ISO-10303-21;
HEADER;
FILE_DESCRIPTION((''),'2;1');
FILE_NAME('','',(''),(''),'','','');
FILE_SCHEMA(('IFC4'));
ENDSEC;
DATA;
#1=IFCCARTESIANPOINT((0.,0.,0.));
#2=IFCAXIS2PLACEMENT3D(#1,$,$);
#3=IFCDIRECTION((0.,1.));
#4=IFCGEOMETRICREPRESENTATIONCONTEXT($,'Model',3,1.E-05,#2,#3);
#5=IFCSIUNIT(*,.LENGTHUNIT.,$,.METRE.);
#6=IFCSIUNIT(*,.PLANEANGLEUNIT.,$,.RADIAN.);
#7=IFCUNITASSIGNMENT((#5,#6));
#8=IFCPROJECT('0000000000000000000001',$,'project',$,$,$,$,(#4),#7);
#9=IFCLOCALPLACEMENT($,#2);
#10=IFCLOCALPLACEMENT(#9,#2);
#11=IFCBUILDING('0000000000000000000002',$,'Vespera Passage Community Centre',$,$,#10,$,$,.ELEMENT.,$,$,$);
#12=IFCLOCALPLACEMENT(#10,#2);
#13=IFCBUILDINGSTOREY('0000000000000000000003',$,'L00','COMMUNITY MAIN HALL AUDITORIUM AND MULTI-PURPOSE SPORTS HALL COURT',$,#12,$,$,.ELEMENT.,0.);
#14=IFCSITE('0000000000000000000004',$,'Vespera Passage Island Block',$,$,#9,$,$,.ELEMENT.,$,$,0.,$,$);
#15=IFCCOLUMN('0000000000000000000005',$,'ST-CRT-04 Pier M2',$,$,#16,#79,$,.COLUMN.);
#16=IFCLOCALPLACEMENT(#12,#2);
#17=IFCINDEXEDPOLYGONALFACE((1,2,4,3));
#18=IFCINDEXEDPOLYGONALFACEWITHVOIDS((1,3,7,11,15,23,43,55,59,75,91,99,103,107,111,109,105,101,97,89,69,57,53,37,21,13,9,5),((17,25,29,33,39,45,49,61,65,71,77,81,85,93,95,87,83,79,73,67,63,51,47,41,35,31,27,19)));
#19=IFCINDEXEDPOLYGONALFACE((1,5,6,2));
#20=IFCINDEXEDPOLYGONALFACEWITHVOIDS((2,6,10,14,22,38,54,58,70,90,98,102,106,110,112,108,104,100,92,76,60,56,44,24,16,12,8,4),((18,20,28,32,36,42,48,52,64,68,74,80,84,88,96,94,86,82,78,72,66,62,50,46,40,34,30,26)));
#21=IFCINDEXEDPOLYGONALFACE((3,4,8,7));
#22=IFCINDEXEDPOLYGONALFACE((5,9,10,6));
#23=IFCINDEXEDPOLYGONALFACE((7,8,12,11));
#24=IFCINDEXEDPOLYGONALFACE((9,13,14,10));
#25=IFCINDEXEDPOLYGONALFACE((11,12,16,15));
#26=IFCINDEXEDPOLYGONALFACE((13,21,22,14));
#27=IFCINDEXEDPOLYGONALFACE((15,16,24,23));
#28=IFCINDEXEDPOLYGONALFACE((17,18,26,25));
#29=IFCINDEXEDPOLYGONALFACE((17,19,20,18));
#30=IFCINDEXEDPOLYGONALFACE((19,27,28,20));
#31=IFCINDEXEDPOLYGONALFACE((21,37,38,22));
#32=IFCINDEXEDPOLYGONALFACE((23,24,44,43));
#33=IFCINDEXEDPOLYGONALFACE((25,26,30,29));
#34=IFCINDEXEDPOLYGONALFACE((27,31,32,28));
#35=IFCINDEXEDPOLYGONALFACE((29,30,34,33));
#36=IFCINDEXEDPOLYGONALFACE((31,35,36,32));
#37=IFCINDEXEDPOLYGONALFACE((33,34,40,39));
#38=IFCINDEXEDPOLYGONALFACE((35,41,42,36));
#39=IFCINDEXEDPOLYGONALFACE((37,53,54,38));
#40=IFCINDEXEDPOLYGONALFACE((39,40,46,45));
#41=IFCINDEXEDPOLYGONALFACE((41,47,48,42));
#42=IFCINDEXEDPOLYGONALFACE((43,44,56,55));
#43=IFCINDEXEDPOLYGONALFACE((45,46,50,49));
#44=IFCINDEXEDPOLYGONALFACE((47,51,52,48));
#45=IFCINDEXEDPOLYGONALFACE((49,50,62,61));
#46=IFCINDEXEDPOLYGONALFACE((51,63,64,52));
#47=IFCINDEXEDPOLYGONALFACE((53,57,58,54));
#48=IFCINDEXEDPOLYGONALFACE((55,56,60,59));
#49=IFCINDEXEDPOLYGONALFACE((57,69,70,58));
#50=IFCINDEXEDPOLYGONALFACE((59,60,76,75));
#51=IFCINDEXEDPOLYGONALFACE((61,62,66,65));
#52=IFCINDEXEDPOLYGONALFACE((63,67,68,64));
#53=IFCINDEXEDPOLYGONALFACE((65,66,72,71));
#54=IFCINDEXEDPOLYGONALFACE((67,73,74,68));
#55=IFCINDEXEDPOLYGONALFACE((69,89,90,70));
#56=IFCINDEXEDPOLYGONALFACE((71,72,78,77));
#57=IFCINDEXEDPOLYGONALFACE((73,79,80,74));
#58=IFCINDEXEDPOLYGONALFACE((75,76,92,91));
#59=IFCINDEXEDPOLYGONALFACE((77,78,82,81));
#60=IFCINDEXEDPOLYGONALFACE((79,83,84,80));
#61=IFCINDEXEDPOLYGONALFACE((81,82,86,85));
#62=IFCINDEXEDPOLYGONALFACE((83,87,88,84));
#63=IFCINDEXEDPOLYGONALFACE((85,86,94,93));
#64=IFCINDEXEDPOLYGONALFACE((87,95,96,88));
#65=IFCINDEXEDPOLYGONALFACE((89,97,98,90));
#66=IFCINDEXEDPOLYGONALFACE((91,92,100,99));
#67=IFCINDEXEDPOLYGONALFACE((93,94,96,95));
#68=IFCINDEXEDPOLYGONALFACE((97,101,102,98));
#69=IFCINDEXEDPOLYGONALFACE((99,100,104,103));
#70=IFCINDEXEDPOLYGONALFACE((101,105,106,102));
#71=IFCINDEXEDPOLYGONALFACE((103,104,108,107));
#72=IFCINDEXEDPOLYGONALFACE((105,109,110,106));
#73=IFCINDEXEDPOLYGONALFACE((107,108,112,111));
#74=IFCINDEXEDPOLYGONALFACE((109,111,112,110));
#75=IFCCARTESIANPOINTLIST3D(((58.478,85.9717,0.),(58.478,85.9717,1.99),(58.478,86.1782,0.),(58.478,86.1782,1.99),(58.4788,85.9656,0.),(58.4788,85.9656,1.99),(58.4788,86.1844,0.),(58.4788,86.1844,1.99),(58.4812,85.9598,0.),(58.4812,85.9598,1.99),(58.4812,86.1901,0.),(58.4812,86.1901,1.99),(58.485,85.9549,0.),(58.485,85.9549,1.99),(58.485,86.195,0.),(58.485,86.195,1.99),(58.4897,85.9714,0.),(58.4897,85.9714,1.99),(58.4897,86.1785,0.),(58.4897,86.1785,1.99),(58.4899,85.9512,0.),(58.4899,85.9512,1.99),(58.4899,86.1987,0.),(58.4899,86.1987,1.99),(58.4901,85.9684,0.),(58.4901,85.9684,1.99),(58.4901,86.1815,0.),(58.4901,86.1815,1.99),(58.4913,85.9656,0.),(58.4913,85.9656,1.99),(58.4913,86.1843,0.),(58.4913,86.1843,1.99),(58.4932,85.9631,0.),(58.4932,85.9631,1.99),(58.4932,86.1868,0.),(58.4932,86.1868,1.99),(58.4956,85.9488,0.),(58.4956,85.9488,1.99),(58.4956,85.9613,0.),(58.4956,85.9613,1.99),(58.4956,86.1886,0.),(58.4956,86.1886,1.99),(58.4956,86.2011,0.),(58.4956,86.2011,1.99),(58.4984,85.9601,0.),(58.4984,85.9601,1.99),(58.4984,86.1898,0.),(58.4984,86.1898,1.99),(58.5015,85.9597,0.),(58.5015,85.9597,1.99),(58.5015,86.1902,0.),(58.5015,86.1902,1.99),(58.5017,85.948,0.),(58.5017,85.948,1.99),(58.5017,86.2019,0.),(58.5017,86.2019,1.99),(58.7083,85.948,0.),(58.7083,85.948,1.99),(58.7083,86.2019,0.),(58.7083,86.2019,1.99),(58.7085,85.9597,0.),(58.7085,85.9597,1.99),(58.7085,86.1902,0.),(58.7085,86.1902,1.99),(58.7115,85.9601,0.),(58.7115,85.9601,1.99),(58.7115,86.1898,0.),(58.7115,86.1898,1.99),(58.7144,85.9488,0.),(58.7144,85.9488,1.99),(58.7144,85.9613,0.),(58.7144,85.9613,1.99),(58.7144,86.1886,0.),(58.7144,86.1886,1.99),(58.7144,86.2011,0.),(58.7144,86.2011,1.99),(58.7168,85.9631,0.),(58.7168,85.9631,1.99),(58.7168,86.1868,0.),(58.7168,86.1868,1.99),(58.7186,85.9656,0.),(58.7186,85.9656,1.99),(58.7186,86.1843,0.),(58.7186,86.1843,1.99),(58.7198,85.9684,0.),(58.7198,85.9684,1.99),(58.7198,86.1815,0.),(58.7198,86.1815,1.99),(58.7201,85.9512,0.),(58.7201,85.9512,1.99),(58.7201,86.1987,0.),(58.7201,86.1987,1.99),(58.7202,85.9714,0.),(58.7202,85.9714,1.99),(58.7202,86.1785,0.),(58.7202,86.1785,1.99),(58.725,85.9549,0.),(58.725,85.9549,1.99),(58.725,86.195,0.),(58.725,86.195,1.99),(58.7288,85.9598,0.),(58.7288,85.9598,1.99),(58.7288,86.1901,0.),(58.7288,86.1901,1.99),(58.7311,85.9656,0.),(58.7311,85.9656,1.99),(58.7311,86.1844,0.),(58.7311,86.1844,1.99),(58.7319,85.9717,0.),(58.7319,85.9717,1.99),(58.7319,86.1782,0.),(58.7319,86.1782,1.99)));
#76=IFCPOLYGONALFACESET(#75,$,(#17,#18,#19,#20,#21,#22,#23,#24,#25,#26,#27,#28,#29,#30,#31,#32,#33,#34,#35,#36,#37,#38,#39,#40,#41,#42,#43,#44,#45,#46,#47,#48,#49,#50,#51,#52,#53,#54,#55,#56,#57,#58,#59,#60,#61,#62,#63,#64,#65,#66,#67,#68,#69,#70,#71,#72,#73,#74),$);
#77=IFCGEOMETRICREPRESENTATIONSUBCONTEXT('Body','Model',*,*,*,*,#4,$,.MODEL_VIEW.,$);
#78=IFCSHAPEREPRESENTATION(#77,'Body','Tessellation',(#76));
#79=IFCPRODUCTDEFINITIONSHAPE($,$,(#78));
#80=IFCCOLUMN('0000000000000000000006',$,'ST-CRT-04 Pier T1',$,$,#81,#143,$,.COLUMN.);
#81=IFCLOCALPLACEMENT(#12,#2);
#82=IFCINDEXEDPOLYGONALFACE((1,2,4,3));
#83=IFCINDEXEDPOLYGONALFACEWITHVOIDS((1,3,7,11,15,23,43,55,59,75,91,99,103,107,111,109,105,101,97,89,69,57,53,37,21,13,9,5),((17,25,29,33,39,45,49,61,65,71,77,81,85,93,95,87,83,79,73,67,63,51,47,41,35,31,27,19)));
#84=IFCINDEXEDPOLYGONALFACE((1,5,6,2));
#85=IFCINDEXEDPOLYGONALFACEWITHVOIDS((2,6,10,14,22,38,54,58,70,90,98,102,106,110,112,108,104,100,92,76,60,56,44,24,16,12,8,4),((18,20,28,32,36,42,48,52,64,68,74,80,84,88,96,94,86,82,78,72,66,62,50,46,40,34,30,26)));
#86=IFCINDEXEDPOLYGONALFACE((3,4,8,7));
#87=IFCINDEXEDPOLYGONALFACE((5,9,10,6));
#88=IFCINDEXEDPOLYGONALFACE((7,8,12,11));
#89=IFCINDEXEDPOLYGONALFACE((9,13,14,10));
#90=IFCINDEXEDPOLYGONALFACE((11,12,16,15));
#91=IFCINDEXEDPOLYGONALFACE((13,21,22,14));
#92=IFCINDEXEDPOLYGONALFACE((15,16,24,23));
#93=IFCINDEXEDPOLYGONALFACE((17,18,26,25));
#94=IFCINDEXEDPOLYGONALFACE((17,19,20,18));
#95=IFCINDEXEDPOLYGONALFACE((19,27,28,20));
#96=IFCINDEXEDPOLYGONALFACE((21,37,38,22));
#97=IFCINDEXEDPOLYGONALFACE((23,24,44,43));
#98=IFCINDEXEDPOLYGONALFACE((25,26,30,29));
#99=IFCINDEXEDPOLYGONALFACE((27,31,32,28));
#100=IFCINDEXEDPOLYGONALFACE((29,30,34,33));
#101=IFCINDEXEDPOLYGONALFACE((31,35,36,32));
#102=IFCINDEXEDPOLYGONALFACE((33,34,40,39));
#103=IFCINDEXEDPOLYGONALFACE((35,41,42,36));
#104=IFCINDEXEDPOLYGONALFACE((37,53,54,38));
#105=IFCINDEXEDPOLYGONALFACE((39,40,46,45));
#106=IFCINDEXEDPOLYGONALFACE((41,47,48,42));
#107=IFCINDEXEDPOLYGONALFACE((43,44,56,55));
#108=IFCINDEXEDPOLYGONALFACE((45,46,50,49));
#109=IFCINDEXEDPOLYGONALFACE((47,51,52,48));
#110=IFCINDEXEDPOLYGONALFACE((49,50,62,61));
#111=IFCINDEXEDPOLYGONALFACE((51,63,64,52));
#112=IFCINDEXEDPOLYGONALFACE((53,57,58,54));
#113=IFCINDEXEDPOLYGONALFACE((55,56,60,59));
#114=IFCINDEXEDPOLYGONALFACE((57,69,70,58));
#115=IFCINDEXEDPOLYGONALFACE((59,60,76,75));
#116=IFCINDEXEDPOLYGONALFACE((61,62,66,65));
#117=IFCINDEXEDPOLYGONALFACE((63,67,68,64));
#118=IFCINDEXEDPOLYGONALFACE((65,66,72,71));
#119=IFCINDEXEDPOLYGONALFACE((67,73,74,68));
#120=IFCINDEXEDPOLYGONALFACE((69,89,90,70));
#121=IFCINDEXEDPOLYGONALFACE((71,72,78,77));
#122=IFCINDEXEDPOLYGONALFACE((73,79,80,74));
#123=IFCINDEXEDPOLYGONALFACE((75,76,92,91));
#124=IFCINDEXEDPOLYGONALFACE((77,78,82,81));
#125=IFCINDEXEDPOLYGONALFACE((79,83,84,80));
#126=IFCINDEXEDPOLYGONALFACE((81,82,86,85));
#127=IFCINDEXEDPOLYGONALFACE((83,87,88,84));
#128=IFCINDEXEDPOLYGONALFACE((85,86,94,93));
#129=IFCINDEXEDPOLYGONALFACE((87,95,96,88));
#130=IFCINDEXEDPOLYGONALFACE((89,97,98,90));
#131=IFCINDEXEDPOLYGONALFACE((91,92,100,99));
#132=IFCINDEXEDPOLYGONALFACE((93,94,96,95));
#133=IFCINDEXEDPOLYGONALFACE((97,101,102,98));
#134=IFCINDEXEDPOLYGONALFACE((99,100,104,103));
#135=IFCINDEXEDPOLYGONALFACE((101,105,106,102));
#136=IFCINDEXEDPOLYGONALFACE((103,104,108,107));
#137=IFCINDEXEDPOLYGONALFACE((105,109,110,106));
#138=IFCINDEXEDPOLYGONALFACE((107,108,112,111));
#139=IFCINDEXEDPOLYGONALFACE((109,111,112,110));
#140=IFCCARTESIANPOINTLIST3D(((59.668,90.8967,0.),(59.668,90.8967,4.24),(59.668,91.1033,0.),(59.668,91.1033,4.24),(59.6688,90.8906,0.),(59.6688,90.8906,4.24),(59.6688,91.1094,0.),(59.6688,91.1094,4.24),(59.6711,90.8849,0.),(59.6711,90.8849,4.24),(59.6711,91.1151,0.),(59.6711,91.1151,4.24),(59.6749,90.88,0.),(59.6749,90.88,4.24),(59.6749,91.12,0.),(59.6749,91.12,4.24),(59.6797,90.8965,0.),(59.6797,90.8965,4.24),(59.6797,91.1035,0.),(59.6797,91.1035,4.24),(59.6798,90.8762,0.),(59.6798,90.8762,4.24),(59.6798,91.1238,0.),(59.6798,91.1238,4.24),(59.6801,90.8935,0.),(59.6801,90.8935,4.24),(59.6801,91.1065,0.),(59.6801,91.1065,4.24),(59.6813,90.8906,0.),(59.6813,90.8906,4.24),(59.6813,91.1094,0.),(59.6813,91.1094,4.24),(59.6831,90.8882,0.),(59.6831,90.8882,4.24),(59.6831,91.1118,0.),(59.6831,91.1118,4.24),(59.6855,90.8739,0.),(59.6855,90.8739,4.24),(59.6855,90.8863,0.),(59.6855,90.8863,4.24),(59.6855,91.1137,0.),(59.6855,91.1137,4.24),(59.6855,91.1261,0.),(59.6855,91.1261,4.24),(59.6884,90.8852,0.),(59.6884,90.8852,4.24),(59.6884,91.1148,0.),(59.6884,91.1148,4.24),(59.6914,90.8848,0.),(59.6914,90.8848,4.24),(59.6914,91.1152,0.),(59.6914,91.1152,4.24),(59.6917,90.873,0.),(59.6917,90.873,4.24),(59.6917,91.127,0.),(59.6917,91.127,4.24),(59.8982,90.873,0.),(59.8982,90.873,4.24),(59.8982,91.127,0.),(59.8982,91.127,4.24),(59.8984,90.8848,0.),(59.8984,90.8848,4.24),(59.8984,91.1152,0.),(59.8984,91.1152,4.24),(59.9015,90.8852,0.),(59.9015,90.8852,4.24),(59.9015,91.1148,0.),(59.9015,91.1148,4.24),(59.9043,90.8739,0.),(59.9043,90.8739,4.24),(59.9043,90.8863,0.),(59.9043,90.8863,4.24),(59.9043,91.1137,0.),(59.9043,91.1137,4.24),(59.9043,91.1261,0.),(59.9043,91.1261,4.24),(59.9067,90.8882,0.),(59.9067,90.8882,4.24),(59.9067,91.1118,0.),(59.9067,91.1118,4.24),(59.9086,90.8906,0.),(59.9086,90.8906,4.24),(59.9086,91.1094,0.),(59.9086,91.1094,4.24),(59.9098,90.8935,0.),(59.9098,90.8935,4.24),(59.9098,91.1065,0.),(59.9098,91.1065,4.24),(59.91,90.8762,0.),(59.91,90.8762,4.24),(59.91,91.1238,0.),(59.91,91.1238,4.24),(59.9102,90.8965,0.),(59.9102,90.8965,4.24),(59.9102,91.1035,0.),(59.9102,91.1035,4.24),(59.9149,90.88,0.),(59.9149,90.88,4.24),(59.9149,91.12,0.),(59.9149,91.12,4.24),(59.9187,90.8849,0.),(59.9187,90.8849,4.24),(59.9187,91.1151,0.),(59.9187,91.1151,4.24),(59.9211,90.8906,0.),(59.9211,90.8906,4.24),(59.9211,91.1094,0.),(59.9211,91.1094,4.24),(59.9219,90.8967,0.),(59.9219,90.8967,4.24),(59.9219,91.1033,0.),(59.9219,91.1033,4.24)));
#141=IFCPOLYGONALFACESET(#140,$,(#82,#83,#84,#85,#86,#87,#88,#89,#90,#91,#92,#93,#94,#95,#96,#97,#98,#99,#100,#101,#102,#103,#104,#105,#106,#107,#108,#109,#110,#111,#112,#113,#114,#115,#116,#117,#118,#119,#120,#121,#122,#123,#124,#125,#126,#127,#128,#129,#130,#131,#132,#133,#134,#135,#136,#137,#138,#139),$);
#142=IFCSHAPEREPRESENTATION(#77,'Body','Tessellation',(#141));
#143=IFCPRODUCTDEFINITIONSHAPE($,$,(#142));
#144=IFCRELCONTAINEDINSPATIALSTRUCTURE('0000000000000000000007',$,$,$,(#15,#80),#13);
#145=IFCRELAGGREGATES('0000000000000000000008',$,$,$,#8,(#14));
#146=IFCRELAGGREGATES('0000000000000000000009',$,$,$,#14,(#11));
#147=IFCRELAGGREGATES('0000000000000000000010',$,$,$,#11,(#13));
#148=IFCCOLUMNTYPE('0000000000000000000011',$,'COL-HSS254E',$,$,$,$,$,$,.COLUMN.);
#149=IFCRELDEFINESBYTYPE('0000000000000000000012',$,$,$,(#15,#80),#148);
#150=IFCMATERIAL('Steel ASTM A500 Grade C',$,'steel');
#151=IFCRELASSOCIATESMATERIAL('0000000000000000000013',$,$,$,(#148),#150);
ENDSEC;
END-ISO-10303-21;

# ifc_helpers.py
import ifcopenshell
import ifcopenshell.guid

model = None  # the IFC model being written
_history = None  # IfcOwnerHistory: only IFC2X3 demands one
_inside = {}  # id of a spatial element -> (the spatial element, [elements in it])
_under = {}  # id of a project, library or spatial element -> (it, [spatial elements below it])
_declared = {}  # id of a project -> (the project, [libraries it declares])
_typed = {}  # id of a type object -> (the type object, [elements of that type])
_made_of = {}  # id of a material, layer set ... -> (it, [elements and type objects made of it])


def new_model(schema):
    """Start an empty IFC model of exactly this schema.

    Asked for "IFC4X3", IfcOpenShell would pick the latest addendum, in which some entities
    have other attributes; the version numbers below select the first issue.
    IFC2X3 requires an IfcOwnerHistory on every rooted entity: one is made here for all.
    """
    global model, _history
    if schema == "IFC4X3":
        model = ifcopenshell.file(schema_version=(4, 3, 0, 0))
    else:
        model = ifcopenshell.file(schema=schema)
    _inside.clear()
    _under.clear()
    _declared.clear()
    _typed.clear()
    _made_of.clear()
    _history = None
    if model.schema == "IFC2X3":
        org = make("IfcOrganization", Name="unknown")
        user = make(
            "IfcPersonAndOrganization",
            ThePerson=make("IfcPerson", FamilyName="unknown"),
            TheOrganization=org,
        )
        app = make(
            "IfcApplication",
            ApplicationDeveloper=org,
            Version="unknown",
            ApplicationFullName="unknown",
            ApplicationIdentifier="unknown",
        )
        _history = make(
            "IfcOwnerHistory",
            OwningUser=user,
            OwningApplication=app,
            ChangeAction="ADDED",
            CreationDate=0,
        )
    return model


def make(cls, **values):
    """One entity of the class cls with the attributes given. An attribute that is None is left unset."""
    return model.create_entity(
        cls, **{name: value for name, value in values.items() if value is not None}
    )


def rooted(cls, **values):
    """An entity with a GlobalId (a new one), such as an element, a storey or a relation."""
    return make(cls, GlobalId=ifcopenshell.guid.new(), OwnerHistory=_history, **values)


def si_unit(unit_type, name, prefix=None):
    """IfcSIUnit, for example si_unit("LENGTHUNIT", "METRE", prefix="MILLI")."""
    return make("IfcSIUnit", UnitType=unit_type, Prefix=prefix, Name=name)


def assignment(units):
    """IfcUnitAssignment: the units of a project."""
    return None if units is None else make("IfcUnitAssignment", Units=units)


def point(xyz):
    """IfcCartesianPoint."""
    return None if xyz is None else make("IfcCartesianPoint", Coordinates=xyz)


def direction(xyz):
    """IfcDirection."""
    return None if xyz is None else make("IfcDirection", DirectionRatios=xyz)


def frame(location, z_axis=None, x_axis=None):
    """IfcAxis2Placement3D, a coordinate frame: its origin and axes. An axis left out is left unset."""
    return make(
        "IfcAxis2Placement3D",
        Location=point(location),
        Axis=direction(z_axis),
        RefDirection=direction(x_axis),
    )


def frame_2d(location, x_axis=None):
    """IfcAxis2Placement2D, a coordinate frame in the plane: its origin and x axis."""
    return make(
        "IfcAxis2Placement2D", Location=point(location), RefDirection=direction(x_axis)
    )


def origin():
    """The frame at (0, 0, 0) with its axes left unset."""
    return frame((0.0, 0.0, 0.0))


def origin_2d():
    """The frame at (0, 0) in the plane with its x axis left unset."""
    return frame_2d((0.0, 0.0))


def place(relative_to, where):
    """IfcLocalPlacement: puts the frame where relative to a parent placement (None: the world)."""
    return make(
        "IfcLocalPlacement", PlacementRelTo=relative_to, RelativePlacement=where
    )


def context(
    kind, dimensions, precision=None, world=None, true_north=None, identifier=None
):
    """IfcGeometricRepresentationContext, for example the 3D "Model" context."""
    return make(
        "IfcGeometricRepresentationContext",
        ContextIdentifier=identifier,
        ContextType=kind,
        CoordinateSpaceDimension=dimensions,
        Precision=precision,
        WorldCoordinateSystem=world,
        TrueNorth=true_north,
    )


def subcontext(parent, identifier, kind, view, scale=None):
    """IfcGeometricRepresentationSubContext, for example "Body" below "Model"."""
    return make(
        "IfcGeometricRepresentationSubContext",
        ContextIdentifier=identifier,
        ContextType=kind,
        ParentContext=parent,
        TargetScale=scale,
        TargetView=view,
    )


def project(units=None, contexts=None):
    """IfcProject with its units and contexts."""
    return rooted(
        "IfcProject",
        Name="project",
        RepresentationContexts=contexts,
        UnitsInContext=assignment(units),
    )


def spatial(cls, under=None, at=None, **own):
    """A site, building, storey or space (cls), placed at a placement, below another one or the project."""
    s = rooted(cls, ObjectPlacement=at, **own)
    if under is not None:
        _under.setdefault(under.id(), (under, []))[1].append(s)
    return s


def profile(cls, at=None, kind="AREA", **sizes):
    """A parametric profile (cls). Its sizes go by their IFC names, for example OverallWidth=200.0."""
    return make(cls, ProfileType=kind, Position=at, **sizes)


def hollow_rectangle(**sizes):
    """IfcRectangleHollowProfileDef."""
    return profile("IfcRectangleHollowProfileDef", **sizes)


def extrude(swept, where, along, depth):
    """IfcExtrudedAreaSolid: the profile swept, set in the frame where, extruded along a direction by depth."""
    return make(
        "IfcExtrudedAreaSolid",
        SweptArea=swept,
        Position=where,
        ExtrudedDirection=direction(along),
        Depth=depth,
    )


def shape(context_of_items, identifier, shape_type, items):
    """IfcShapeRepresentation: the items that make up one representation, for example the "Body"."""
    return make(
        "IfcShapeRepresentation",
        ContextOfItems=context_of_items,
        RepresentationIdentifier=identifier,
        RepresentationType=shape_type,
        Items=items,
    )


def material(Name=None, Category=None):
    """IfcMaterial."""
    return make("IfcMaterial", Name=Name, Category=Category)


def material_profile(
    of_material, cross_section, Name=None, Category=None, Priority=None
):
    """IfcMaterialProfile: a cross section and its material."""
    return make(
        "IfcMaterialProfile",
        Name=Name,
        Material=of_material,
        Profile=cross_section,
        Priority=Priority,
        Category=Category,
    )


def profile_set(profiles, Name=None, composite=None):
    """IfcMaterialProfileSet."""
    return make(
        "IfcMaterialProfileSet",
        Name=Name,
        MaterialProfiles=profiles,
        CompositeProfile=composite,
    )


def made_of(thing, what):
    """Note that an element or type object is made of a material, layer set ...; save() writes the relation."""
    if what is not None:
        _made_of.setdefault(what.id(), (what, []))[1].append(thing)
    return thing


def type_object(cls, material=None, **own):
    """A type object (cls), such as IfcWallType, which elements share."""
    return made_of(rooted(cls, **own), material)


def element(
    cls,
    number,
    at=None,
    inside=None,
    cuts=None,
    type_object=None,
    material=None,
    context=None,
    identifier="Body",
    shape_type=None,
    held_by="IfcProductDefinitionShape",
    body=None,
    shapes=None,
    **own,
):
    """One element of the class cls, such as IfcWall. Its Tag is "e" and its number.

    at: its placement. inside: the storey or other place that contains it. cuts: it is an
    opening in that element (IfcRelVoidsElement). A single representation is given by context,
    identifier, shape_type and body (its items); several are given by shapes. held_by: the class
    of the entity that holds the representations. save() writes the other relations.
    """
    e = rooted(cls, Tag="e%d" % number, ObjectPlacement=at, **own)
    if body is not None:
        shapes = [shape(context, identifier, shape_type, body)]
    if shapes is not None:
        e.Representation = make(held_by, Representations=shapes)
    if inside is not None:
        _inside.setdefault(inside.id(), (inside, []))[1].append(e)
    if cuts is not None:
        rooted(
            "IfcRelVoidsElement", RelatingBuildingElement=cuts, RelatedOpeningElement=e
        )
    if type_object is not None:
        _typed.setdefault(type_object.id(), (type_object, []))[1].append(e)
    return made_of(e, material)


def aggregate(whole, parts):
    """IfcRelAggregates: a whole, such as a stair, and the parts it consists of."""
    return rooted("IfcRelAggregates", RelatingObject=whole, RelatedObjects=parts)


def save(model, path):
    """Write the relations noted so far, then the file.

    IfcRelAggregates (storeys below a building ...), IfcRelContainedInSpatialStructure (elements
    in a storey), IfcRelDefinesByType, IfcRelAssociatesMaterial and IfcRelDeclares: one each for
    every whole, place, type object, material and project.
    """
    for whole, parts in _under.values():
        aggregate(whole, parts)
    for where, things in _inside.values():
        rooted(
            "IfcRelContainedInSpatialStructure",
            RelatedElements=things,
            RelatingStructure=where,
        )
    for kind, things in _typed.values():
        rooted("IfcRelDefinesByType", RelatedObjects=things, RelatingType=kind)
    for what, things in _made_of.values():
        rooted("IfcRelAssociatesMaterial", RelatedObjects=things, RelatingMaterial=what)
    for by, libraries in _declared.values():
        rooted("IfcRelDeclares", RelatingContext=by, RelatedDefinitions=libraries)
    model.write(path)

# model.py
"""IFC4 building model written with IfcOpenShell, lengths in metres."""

from ifc_helpers import new_model, si_unit, direction, frame, origin, origin_2d, place, context, subcontext, project, spatial, hollow_rectangle, extrude, material, material_profile, profile_set, type_object, element, save


model = new_model("IFC4")

# Units and contexts
model_context = context("Model", 3, precision=1e-05, world=origin(), true_north=direction((0.0, 1.0)))
body_context = subcontext(model_context, "Body", "Model", "MODEL_VIEW")
ifc_project = project(units=[si_unit("LENGTHUNIT", "METRE"), si_unit("PLANEANGLEUNIT", "RADIAN")], contexts=[model_context])

# Site, building, storey
site_placement = place(None, origin())
site = spatial("IfcSite", under=ifc_project, at=site_placement, Name="Vespera Passage Island Block", CompositionType="ELEMENT", RefElevation=0.0)
building_placement = place(site_placement, origin())
building = spatial("IfcBuilding", under=site, at=building_placement, Name="Vespera Passage Community Centre", CompositionType="ELEMENT")
storey_placement = place(building_placement, origin())
storey = spatial("IfcBuildingStorey", under=building, at=storey_placement, Name="L00", Description="COMMUNITY MAIN HALL AUDITORIUM AND MULTI-PURPOSE SPORTS HALL COURT", CompositionType="ELEMENT", Elevation=0.0)

# Columns
ifc_material_1 = material(Name="Steel ASTM A500 Grade C", Category="steel")
ifc_material_profile_1 = material_profile(ifc_material_1, hollow_rectangle(XDim=0.2539, YDim=0.2539, WallThickness=0.0117, InnerFilletRadius=0.0117, OuterFilletRadius=0.0237, at=origin_2d()), Name="HSS254X254X12.7")
ifc_profile_set_1 = profile_set([ifc_material_profile_1], Name="Steel ASTM A500 Grade C")
column_type = type_object("IfcColumnType", Name="COL-HSS254E", PredefinedType="COLUMN", material=ifc_profile_set_1)
for number, where, z_axis, x_axis, name in (
    (1, (58.605, 86.075, 0.0), (0.0, 0.0, 1.0), (1.0, 0.0, 0.0), "ST-CRT-04 Pier M2"),
):
    element("IfcColumn", number, at=place(storey_placement, frame(where, z_axis=z_axis, x_axis=x_axis)), inside=storey, type_object=column_type, Name=name, PredefinedType="COLUMN", context=body_context, shape_type="SweptSolid", body=[
        extrude(hollow_rectangle(XDim=0.2539, YDim=0.2539, WallThickness=0.0117, InnerFilletRadius=0.0117, OuterFilletRadius=0.0237, at=origin_2d()), origin(), (0.0, 0.0, 1.0), 1.99),
    ])
for number, where, z_axis, x_axis, name in (
    (2, (59.7949, 91.0, 0.0), (0.0, 0.0, 1.0), (1.0, 0.0, 0.0), "ST-CRT-04 Pier T1"),
):
    element("IfcColumn", number, at=place(storey_placement, frame(where, z_axis=z_axis, x_axis=x_axis)), inside=storey, type_object=column_type, Name=name, PredefinedType="COLUMN", context=body_context, shape_type="SweptSolid", body=[
        extrude(hollow_rectangle(XDim=0.2539, YDim=0.2539, WallThickness=0.0117, InnerFilletRadius=0.0117, OuterFilletRadius=0.0237, at=origin_2d()), origin(), (0.0, 0.0, 1.0), 4.24),
    ])

save(model, "model.ifc")
